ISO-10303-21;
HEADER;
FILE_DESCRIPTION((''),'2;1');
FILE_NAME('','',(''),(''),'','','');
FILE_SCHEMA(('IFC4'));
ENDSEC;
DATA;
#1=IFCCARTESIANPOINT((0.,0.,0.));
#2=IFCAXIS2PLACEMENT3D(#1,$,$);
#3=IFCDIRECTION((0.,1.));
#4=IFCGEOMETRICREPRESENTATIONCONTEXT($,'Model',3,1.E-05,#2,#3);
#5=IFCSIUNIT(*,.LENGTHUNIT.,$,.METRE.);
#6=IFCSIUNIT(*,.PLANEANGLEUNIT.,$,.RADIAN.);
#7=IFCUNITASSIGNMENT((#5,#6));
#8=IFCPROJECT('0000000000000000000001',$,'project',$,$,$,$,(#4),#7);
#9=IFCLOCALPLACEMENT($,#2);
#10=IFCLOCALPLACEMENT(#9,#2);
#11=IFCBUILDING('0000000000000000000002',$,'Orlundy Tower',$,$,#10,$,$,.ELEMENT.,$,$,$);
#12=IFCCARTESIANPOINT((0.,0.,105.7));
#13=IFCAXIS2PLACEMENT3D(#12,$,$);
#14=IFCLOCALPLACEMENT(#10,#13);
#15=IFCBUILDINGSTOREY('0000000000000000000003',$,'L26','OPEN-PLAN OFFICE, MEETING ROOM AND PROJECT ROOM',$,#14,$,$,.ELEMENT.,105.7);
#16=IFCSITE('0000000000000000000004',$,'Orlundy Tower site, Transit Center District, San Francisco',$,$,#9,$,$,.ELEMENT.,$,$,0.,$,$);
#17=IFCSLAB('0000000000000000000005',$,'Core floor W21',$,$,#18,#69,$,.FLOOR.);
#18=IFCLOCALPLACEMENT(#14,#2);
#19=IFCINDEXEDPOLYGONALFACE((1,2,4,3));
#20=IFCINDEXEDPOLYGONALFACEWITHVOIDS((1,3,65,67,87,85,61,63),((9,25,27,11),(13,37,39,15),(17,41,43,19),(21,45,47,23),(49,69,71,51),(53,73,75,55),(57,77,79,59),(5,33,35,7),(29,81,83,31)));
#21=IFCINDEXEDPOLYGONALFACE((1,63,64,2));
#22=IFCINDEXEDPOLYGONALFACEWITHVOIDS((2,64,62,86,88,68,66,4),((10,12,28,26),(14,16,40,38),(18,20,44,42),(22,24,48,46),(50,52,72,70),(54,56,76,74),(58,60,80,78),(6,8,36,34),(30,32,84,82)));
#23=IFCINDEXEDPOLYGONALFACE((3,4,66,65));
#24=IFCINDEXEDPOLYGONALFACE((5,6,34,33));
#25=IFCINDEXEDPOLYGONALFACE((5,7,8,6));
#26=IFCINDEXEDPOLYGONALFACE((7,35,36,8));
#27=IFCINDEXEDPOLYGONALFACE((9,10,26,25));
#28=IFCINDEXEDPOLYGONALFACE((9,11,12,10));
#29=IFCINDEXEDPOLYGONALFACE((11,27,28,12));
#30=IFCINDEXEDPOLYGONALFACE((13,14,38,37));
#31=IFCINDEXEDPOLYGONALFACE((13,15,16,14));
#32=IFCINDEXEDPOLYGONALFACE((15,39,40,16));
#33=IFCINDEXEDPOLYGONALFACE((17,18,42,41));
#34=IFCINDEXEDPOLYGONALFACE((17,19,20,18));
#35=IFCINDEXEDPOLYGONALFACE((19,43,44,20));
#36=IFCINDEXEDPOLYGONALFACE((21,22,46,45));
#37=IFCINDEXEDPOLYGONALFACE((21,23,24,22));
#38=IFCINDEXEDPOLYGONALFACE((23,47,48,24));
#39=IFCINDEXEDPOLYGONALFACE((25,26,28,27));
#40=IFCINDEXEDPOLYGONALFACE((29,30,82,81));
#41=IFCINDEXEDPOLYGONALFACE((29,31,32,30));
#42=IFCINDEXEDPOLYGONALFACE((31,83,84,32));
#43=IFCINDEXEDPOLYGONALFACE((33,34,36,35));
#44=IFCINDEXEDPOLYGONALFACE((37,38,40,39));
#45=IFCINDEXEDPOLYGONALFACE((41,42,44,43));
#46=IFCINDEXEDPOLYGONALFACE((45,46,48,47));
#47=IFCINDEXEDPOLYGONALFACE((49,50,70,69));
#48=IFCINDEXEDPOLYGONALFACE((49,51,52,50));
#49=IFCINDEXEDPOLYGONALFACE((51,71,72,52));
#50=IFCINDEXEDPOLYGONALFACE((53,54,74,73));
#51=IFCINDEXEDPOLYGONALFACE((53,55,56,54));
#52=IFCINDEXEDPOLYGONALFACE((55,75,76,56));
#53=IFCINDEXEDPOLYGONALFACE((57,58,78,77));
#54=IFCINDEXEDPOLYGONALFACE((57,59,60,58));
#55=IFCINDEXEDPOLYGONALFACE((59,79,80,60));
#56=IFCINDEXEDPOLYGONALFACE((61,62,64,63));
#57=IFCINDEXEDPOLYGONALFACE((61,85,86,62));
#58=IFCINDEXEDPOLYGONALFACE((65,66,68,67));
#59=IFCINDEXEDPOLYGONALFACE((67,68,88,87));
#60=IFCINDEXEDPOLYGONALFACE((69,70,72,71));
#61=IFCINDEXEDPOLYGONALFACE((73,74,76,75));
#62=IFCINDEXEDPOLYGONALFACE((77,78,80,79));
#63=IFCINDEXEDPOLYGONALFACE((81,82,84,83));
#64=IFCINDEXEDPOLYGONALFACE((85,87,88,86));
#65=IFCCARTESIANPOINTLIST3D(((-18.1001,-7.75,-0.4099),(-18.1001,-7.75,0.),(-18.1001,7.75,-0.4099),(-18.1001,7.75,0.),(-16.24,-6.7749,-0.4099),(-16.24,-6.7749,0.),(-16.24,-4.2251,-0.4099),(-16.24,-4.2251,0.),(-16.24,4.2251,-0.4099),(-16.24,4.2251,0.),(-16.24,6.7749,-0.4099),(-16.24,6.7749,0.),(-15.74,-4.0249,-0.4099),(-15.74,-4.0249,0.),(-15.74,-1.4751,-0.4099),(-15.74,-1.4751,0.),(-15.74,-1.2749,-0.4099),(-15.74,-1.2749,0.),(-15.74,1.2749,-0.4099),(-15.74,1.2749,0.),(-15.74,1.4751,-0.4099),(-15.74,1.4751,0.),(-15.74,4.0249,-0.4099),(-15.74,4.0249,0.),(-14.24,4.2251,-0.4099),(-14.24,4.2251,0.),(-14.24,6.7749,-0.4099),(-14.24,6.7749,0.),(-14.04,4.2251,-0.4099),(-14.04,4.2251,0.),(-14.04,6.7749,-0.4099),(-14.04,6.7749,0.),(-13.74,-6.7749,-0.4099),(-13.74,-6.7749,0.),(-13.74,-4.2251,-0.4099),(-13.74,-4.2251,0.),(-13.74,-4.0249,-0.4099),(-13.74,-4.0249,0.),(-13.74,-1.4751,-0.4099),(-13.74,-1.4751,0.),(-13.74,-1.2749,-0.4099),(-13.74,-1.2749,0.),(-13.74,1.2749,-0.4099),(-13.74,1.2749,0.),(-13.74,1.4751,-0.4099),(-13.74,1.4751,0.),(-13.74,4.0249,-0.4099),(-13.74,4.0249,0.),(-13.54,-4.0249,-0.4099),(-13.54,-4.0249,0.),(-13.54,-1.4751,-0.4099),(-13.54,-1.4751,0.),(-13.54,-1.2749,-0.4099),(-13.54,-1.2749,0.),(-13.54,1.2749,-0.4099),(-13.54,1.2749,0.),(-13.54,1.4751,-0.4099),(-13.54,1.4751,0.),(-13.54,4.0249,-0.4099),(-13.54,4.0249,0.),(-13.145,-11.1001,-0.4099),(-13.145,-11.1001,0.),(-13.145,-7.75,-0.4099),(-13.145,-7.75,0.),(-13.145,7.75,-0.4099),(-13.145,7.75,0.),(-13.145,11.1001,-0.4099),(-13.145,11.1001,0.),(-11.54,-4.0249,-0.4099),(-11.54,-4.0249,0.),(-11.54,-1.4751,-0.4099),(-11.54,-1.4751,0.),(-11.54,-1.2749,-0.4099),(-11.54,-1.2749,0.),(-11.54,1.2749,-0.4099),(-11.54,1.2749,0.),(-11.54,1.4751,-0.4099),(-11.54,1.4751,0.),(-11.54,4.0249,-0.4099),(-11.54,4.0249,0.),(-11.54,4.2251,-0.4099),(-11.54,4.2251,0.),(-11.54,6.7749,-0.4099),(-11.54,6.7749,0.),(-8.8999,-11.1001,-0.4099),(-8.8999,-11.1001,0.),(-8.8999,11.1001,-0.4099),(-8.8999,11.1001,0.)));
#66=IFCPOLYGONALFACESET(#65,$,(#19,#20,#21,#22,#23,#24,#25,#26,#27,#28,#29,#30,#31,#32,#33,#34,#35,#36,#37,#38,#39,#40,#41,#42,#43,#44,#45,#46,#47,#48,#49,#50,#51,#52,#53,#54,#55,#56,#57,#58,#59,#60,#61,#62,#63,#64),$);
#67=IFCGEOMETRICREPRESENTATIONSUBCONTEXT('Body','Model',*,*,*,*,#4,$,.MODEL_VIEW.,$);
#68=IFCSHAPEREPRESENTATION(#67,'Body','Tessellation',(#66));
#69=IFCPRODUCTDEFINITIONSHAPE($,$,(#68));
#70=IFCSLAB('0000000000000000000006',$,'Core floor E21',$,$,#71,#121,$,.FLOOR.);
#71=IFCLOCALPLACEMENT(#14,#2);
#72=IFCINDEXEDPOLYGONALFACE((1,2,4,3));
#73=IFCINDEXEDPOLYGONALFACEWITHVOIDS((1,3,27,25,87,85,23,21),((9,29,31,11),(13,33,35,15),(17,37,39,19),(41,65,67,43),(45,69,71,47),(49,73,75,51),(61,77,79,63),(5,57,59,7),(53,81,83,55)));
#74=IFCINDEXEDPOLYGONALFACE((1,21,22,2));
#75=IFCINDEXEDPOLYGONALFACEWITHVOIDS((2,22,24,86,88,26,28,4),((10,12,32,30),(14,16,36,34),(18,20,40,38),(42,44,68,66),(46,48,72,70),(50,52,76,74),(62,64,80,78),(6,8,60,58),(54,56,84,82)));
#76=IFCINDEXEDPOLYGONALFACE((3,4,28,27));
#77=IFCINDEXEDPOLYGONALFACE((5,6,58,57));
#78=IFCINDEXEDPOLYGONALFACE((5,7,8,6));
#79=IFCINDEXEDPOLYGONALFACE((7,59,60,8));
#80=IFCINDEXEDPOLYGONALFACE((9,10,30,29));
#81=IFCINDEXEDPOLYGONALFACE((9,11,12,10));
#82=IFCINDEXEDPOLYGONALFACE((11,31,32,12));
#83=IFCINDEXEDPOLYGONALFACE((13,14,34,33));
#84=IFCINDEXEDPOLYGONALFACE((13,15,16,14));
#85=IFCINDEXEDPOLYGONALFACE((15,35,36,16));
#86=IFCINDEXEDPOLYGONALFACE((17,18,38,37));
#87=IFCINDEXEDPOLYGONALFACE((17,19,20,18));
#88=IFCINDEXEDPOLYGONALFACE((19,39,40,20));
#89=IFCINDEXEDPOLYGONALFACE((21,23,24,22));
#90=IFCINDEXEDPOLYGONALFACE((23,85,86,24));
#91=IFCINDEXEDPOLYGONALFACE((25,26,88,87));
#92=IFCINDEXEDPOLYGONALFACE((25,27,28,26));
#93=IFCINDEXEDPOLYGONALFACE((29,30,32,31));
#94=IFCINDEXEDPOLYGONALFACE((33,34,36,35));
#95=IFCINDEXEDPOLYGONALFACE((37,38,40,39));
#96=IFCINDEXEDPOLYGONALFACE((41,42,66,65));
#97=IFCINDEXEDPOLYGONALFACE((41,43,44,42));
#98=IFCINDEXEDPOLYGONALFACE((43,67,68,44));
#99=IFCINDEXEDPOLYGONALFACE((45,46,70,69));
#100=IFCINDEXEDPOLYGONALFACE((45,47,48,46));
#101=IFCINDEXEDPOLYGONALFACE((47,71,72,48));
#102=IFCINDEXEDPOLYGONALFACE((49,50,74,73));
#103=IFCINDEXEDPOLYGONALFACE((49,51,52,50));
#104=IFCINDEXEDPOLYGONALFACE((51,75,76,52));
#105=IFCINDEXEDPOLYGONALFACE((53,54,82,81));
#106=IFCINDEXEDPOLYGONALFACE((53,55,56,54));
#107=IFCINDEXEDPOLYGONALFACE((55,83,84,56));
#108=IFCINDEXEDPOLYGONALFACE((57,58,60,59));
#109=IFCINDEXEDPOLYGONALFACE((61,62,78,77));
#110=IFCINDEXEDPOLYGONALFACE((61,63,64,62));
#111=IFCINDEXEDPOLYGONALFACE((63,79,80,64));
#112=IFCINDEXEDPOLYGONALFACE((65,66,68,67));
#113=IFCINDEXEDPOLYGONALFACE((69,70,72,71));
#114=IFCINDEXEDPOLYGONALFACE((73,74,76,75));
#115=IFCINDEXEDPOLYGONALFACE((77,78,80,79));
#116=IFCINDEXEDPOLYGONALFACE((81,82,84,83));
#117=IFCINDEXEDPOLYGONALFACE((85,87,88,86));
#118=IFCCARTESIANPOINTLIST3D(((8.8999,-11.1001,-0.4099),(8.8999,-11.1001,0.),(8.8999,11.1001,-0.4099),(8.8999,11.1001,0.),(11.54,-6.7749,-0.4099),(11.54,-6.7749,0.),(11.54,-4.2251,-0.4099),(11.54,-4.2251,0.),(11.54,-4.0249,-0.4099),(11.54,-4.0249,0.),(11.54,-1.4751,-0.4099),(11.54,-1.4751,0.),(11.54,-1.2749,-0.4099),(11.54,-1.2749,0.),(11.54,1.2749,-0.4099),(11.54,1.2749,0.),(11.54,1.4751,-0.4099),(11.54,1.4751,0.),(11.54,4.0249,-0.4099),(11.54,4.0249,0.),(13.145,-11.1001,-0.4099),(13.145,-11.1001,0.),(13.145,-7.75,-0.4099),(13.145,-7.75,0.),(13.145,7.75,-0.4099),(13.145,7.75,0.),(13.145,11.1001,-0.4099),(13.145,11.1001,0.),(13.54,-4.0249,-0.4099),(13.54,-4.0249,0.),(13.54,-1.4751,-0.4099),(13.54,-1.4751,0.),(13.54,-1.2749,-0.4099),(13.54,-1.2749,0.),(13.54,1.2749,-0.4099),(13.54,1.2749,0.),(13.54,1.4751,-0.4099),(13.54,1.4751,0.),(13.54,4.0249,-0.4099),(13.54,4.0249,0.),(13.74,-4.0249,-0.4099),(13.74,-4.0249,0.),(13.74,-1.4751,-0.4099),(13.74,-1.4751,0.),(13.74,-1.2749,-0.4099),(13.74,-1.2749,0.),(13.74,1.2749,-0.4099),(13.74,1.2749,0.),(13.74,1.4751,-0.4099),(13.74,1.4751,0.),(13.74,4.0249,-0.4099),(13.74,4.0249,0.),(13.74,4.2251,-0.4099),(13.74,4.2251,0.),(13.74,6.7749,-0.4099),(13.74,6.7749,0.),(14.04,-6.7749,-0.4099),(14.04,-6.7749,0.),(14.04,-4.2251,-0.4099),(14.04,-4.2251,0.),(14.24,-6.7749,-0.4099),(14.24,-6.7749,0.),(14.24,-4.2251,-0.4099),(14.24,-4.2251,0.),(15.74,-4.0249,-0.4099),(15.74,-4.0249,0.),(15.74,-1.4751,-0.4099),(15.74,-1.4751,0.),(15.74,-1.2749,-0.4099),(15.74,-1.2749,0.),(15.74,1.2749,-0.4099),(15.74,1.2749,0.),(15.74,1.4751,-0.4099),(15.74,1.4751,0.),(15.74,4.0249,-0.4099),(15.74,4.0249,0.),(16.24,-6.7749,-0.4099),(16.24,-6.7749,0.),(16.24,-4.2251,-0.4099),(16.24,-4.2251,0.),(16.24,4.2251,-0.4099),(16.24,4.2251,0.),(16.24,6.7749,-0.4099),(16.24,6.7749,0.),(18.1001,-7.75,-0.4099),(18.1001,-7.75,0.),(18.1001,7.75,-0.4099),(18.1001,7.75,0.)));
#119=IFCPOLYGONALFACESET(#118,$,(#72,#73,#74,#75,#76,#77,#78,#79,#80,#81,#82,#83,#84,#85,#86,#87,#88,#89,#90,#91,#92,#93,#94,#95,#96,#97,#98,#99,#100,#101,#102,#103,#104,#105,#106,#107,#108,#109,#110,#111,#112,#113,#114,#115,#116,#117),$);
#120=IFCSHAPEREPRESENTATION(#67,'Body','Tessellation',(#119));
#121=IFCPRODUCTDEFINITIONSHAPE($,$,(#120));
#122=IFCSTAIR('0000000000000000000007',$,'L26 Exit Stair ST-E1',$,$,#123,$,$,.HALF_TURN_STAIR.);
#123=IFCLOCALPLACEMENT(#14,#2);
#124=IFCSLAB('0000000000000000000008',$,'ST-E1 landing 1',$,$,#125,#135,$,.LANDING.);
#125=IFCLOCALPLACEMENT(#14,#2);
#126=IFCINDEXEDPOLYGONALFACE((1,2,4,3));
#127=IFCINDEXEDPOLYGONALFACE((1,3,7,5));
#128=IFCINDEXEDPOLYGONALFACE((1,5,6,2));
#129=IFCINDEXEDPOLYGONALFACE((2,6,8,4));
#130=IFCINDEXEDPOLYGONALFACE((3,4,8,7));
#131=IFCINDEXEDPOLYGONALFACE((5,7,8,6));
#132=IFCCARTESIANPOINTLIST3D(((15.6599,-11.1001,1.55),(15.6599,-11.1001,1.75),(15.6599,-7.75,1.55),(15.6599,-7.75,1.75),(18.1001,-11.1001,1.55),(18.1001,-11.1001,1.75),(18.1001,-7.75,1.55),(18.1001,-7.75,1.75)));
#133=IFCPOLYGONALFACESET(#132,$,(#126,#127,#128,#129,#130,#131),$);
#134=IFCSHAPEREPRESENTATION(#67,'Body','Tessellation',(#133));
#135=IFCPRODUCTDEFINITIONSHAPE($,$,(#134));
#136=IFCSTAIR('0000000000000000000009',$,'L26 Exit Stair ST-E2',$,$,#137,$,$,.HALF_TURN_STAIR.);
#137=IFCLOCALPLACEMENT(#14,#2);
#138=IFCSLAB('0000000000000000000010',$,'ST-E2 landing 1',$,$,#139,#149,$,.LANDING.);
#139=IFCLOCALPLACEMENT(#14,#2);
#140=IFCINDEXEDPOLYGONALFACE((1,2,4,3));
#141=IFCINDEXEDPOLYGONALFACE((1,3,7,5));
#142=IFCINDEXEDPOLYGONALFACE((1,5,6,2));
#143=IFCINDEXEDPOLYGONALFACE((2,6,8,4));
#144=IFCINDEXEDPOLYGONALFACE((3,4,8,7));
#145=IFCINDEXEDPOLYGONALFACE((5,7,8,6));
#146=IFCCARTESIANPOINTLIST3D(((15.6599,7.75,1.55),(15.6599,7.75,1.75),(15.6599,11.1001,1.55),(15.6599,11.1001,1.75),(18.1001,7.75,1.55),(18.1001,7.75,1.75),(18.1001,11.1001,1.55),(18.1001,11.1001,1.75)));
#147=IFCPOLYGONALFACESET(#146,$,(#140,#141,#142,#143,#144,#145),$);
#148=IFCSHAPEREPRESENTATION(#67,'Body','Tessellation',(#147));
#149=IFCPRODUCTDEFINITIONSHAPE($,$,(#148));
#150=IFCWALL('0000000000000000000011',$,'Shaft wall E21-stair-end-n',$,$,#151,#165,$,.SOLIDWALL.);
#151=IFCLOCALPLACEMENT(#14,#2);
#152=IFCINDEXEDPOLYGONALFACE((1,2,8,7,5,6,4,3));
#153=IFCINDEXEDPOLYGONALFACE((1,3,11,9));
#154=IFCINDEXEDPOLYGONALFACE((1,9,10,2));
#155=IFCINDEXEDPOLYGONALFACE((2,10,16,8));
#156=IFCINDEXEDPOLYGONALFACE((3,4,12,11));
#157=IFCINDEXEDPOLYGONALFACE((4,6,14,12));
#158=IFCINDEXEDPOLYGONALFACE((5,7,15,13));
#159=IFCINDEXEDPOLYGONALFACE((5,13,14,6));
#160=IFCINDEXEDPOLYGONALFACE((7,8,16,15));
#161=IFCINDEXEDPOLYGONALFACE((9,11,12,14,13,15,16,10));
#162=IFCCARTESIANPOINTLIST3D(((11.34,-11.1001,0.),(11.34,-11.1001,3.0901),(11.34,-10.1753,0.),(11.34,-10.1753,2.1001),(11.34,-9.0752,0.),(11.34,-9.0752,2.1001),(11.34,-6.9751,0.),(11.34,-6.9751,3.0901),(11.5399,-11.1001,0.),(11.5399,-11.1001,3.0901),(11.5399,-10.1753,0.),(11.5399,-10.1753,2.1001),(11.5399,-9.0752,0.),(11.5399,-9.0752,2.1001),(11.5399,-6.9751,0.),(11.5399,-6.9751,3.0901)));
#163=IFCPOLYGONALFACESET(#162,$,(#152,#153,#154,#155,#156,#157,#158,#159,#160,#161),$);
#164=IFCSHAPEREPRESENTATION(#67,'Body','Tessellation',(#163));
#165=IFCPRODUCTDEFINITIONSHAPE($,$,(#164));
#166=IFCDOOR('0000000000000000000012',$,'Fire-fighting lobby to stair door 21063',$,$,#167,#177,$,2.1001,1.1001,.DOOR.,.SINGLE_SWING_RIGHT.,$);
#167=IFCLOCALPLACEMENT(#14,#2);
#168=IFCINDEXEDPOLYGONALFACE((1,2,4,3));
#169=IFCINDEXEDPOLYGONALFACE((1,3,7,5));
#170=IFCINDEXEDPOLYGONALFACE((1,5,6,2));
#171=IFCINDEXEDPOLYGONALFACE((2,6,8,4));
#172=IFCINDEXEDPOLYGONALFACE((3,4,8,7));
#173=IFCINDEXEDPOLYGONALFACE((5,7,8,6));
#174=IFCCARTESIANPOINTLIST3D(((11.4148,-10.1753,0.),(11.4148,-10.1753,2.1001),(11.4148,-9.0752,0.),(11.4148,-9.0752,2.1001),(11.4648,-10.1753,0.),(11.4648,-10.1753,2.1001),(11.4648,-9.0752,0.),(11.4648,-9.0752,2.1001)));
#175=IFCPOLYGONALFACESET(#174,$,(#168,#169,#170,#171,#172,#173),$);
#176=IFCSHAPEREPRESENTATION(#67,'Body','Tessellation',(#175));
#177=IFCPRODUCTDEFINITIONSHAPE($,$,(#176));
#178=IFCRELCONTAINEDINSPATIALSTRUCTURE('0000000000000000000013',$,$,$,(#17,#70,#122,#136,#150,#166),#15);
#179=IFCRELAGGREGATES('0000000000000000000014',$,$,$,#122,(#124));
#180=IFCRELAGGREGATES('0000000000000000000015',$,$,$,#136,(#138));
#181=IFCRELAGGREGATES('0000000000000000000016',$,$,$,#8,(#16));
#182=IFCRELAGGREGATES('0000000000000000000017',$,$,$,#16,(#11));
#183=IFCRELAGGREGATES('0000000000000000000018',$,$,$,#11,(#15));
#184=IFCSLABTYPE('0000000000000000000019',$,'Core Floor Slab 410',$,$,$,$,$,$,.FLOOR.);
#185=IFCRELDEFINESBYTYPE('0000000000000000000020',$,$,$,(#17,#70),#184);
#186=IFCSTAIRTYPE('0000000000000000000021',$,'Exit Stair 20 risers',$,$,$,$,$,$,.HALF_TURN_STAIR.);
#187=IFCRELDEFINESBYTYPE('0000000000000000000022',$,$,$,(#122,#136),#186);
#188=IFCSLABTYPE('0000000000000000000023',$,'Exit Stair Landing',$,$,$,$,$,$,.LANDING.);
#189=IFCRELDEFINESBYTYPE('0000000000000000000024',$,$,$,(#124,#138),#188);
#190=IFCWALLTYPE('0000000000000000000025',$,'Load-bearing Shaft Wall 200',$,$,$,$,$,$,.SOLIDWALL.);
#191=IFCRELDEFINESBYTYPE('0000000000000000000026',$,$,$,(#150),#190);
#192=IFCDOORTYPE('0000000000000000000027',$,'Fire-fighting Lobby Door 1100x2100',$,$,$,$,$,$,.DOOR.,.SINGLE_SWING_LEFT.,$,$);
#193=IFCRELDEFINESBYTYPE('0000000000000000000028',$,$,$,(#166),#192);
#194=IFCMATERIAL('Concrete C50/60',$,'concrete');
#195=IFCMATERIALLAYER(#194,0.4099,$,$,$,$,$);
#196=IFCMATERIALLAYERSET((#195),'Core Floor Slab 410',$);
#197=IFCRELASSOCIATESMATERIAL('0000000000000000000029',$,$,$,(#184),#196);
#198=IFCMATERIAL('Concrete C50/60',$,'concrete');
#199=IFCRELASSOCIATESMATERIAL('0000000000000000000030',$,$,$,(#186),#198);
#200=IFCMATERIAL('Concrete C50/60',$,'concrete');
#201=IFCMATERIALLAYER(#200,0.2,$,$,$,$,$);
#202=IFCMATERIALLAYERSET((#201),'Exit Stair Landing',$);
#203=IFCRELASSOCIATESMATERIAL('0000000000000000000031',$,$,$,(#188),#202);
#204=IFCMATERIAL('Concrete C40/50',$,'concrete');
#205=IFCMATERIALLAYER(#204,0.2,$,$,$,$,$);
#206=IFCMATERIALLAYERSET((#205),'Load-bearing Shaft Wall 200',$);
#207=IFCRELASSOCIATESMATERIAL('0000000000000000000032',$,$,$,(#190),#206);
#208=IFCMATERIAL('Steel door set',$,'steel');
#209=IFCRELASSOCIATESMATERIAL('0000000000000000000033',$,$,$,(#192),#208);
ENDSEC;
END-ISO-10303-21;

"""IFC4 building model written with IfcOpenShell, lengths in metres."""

from ifc_helpers import new_model, si_unit, direction, frame, frame_2d, origin, place, context, subcontext, project, spatial, polyline, rectangle, outline, extrude, material, layer, layer_set, type_object, element, fill, aggregate, save


model = new_model("IFC4")

# Units and contexts
model_context = context("Model", 3, precision=1e-05, world=origin(), true_north=direction((0.0, 1.0)))
body_context = subcontext(model_context, "Body", "Model", "MODEL_VIEW")
ifc_project = project(units=[si_unit("LENGTHUNIT", "METRE"), si_unit("PLANEANGLEUNIT", "RADIAN")], contexts=[model_context])

# Site, building, storey
site_placement = place(None, origin())
site = spatial("IfcSite", under=ifc_project, at=site_placement, Name="Orlundy Tower site, Transit Center District, San Francisco", CompositionType="ELEMENT", RefElevation=0.0)
building_placement = place(site_placement, origin())
building = spatial("IfcBuilding", under=site, at=building_placement, Name="Orlundy Tower", CompositionType="ELEMENT")
storey_placement = place(building_placement, frame((0.0, 0.0, 105.7)))
storey = spatial("IfcBuildingStorey", under=building, at=storey_placement, Name="L26", Description="OPEN-PLAN OFFICE, MEETING ROOM AND PROJECT ROOM", CompositionType="ELEMENT", Elevation=105.7)

# Slabs
ifc_material_1 = material(Name="Concrete C50/60", Category="concrete")
ifc_layer_1 = layer(ifc_material_1, 0.4099)
ifc_layer_set_1 = layer_set([ifc_layer_1], Name="Core Floor Slab 410")
slab_type_1 = type_object("IfcSlabType", Name="Core Floor Slab 410", PredefinedType="FLOOR", material=ifc_layer_set_1)
slab_1_placement = place(storey_placement, frame((0.0, 0.0, -0.4099)))
element("IfcSlab", 1, at=slab_1_placement, inside=storey, type_object=slab_type_1, Name="Core floor W21", PredefinedType="FLOOR", context=body_context, shape_type="SweptSolid", body=[
    extrude(outline(polyline([(-13.145, 7.75), (-13.145, 11.1001), (-8.8999, 11.1001), (-8.8999, -11.1001), (-13.145, -11.1001), (-13.145, -7.75), (-18.1001, -7.75), (-18.1001, 7.75), (-13.145, 7.75)]), holes=[polyline([(-16.24, -6.7749), (-13.74, -6.7749), (-13.74, -4.2251), (-16.24, -4.2251), (-16.24, -6.7749)]), polyline([(-13.54, -1.4751), (-13.54, -4.0249), (-11.54, -4.0249), (-11.54, -1.4751), (-13.54, -1.4751)]), polyline([(-13.74, -1.4751), (-15.74, -1.4751), (-15.74, -4.0249), (-13.74, -4.0249), (-13.74, -1.4751)]), polyline([(-11.54, -1.2749), (-11.54, 1.2749), (-13.54, 1.2749), (-13.54, -1.2749), (-11.54, -1.2749)]), polyline([(-15.74, -1.2749), (-13.74, -1.2749), (-13.74, 1.2749), (-15.74, 1.2749), (-15.74, -1.2749)]), polyline([(-13.54, 4.0249), (-13.54, 1.4751), (-11.54, 1.4751), (-11.54, 4.0249), (-13.54, 4.0249)]), polyline([(-13.74, 4.0249), (-15.74, 4.0249), (-15.74, 1.4751), (-13.74, 1.4751), (-13.74, 4.0249)]), polyline([(-11.54, 4.2251), (-11.54, 6.7749), (-14.04, 6.7749), (-14.04, 4.2251), (-11.54, 4.2251)]), polyline([(-16.24, 4.2251), (-14.24, 4.2251), (-14.24, 6.7749), (-16.24, 6.7749), (-16.24, 4.2251)])]), origin(), (0.0, 0.0, 1.0), 0.4099),
])
slab_2_placement = place(storey_placement, frame((0.0, 0.0, -0.4099)))
element("IfcSlab", 2, at=slab_2_placement, inside=storey, type_object=slab_type_1, Name="Core floor E21", PredefinedType="FLOOR", context=body_context, shape_type="SweptSolid", body=[
    extrude(outline(polyline([(13.145, -7.75), (13.145, -11.1001), (8.8999, -11.1001), (8.8999, 11.1001), (13.145, 11.1001), (13.145, 7.75), (18.1001, 7.75), (18.1001, -7.75), (13.145, -7.75)]), holes=[polyline([(16.24, 6.7749), (13.74, 6.7749), (13.74, 4.2251), (16.24, 4.2251), (16.24, 6.7749)]), polyline([(13.54, 1.4751), (13.54, 4.0249), (11.54, 4.0249), (11.54, 1.4751), (13.54, 1.4751)]), polyline([(13.74, 1.4751), (15.74, 1.4751), (15.74, 4.0249), (13.74, 4.0249), (13.74, 1.4751)]), polyline([(11.54, 1.2749), (11.54, -1.2749), (13.54, -1.2749), (13.54, 1.2749), (11.54, 1.2749)]), polyline([(15.74, 1.2749), (13.74, 1.2749), (13.74, -1.2749), (15.74, -1.2749), (15.74, 1.2749)]), polyline([(13.54, -4.0249), (13.54, -1.4751), (11.54, -1.4751), (11.54, -4.0249), (13.54, -4.0249)]), polyline([(13.74, -4.0249), (15.74, -4.0249), (15.74, -1.4751), (13.74, -1.4751), (13.74, -4.0249)]), polyline([(11.54, -4.2251), (11.54, -6.7749), (14.04, -6.7749), (14.04, -4.2251), (11.54, -4.2251)]), polyline([(16.24, -4.2251), (14.24, -4.2251), (14.24, -6.7749), (16.24, -6.7749), (16.24, -4.2251)])]), origin(), (0.0, 0.0, 1.0), 0.4099),
])

# Stairs, slabs
ifc_material_2 = material(Name="Concrete C50/60", Category="concrete")
stair_type = type_object("IfcStairType", Name="Exit Stair 20 risers", PredefinedType="HALF_TURN_STAIR", material=ifc_material_2)
stair_1_placement = place(storey_placement, origin())
stair_1 = element("IfcStair", 3, at=stair_1_placement, inside=storey, type_object=stair_type, Name="L26 Exit Stair ST-E1", PredefinedType="HALF_TURN_STAIR")
ifc_material_3 = material(Name="Concrete C50/60", Category="concrete")
ifc_layer_2 = layer(ifc_material_3, 0.2)
ifc_layer_set_2 = layer_set([ifc_layer_2], Name="Exit Stair Landing")
slab_type_2 = type_object("IfcSlabType", Name="Exit Stair Landing", PredefinedType="LANDING", material=ifc_layer_set_2)
slab_3_placement = place(storey_placement, frame((0.0, 0.0, 1.55)))
slab_3 = element("IfcSlab", 4, at=slab_3_placement, type_object=slab_type_2, Name="ST-E1 landing 1", PredefinedType="LANDING", context=body_context, shape_type="SweptSolid", body=[
    extrude(outline(polyline([(15.6599, -11.1001), (18.1001, -11.1001), (18.1001, -7.75), (15.6599, -7.75), (15.6599, -11.1001)])), origin(), (0.0, 0.0, 1.0), 0.2),
])
aggregate(stair_1, [slab_3])
stair_2_placement = place(storey_placement, origin())
stair_2 = element("IfcStair", 5, at=stair_2_placement, inside=storey, type_object=stair_type, Name="L26 Exit Stair ST-E2", PredefinedType="HALF_TURN_STAIR")
slab_4_placement = place(storey_placement, frame((0.0, 0.0, 1.55)))
slab_4 = element("IfcSlab", 6, at=slab_4_placement, type_object=slab_type_2, Name="ST-E2 landing 1", PredefinedType="LANDING", context=body_context, shape_type="SweptSolid", body=[
    extrude(outline(polyline([(15.6599, 7.75), (18.1001, 7.75), (18.1001, 11.1001), (15.6599, 11.1001), (15.6599, 7.75)])), origin(), (0.0, 0.0, 1.0), 0.2),
])
aggregate(stair_2, [slab_4])

# Wall, opening, door
ifc_material_4 = material(Name="Concrete C40/50", Category="concrete")
ifc_layer_3 = layer(ifc_material_4, 0.2)
ifc_layer_set_3 = layer_set([ifc_layer_3], Name="Load-bearing Shaft Wall 200")
wall_type_1 = type_object("IfcWallType", Name="Load-bearing Shaft Wall 200", PredefinedType="SOLIDWALL", material=ifc_layer_set_3)
wall_1_placement = place(storey_placement, frame((11.4399, -6.9751, 0.0), z_axis=(0.0, 0.0, 1.0), x_axis=(0.0, -1.0, 0.0)))
wall_1 = element("IfcWall", 7, at=wall_1_placement, inside=storey, type_object=wall_type_1, Name="Shaft wall E21-stair-end-n", PredefinedType="SOLIDWALL", context=body_context, shape_type="SweptSolid", body=[
    extrude(rectangle(XDim=4.125, YDim=0.2, at=frame_2d((2.0625, 0.0))), origin(), (0.0, 0.0, 1.0), 3.0901),
])
opening_1_placement = place(wall_1_placement, frame((2.1001, 0.0, 0.0)))
opening_1 = element("IfcOpeningElement", 8, at=opening_1_placement, cuts=wall_1, PredefinedType="OPENING", context=body_context, shape_type="SweptSolid", body=[
    extrude(rectangle(XDim=1.1001, YDim=2.1001, at=frame_2d((0.55, 1.05))), frame((0.0, 0.1101, 0.0), z_axis=(0.0, -1.0, 0.0), x_axis=(1.0, 0.0, 0.0)), (0.0, 0.0, 1.0), 0.2202),
])
ifc_material_5 = material(Name="Steel door set", Category="steel")
door_type_1 = type_object("IfcDoorType", Name="Fire-fighting Lobby Door 1100x2100", OperationType="SINGLE_SWING_LEFT", PredefinedType="DOOR", material=ifc_material_5)
door_1_placement = place(opening_1_placement, origin())
door_1 = element("IfcDoor", 9, at=door_1_placement, inside=storey, type_object=door_type_1, Name="Fire-fighting lobby to stair door 21063", OperationType="SINGLE_SWING_RIGHT", OverallHeight=2.1001, OverallWidth=1.1001, PredefinedType="DOOR", context=body_context, shape_type="SweptSolid", body=[
    extrude(rectangle(XDim=1.1001, YDim=2.1001, at=frame_2d((0.55, 1.05))), frame((0.0, 0.0249, 0.0), z_axis=(0.0, -1.0, 0.0), x_axis=(1.0, 0.0, 0.0)), (0.0, 0.0, 1.0), 0.05),
])
fill(opening_1, door_1)

save(model, "model.ifc")
